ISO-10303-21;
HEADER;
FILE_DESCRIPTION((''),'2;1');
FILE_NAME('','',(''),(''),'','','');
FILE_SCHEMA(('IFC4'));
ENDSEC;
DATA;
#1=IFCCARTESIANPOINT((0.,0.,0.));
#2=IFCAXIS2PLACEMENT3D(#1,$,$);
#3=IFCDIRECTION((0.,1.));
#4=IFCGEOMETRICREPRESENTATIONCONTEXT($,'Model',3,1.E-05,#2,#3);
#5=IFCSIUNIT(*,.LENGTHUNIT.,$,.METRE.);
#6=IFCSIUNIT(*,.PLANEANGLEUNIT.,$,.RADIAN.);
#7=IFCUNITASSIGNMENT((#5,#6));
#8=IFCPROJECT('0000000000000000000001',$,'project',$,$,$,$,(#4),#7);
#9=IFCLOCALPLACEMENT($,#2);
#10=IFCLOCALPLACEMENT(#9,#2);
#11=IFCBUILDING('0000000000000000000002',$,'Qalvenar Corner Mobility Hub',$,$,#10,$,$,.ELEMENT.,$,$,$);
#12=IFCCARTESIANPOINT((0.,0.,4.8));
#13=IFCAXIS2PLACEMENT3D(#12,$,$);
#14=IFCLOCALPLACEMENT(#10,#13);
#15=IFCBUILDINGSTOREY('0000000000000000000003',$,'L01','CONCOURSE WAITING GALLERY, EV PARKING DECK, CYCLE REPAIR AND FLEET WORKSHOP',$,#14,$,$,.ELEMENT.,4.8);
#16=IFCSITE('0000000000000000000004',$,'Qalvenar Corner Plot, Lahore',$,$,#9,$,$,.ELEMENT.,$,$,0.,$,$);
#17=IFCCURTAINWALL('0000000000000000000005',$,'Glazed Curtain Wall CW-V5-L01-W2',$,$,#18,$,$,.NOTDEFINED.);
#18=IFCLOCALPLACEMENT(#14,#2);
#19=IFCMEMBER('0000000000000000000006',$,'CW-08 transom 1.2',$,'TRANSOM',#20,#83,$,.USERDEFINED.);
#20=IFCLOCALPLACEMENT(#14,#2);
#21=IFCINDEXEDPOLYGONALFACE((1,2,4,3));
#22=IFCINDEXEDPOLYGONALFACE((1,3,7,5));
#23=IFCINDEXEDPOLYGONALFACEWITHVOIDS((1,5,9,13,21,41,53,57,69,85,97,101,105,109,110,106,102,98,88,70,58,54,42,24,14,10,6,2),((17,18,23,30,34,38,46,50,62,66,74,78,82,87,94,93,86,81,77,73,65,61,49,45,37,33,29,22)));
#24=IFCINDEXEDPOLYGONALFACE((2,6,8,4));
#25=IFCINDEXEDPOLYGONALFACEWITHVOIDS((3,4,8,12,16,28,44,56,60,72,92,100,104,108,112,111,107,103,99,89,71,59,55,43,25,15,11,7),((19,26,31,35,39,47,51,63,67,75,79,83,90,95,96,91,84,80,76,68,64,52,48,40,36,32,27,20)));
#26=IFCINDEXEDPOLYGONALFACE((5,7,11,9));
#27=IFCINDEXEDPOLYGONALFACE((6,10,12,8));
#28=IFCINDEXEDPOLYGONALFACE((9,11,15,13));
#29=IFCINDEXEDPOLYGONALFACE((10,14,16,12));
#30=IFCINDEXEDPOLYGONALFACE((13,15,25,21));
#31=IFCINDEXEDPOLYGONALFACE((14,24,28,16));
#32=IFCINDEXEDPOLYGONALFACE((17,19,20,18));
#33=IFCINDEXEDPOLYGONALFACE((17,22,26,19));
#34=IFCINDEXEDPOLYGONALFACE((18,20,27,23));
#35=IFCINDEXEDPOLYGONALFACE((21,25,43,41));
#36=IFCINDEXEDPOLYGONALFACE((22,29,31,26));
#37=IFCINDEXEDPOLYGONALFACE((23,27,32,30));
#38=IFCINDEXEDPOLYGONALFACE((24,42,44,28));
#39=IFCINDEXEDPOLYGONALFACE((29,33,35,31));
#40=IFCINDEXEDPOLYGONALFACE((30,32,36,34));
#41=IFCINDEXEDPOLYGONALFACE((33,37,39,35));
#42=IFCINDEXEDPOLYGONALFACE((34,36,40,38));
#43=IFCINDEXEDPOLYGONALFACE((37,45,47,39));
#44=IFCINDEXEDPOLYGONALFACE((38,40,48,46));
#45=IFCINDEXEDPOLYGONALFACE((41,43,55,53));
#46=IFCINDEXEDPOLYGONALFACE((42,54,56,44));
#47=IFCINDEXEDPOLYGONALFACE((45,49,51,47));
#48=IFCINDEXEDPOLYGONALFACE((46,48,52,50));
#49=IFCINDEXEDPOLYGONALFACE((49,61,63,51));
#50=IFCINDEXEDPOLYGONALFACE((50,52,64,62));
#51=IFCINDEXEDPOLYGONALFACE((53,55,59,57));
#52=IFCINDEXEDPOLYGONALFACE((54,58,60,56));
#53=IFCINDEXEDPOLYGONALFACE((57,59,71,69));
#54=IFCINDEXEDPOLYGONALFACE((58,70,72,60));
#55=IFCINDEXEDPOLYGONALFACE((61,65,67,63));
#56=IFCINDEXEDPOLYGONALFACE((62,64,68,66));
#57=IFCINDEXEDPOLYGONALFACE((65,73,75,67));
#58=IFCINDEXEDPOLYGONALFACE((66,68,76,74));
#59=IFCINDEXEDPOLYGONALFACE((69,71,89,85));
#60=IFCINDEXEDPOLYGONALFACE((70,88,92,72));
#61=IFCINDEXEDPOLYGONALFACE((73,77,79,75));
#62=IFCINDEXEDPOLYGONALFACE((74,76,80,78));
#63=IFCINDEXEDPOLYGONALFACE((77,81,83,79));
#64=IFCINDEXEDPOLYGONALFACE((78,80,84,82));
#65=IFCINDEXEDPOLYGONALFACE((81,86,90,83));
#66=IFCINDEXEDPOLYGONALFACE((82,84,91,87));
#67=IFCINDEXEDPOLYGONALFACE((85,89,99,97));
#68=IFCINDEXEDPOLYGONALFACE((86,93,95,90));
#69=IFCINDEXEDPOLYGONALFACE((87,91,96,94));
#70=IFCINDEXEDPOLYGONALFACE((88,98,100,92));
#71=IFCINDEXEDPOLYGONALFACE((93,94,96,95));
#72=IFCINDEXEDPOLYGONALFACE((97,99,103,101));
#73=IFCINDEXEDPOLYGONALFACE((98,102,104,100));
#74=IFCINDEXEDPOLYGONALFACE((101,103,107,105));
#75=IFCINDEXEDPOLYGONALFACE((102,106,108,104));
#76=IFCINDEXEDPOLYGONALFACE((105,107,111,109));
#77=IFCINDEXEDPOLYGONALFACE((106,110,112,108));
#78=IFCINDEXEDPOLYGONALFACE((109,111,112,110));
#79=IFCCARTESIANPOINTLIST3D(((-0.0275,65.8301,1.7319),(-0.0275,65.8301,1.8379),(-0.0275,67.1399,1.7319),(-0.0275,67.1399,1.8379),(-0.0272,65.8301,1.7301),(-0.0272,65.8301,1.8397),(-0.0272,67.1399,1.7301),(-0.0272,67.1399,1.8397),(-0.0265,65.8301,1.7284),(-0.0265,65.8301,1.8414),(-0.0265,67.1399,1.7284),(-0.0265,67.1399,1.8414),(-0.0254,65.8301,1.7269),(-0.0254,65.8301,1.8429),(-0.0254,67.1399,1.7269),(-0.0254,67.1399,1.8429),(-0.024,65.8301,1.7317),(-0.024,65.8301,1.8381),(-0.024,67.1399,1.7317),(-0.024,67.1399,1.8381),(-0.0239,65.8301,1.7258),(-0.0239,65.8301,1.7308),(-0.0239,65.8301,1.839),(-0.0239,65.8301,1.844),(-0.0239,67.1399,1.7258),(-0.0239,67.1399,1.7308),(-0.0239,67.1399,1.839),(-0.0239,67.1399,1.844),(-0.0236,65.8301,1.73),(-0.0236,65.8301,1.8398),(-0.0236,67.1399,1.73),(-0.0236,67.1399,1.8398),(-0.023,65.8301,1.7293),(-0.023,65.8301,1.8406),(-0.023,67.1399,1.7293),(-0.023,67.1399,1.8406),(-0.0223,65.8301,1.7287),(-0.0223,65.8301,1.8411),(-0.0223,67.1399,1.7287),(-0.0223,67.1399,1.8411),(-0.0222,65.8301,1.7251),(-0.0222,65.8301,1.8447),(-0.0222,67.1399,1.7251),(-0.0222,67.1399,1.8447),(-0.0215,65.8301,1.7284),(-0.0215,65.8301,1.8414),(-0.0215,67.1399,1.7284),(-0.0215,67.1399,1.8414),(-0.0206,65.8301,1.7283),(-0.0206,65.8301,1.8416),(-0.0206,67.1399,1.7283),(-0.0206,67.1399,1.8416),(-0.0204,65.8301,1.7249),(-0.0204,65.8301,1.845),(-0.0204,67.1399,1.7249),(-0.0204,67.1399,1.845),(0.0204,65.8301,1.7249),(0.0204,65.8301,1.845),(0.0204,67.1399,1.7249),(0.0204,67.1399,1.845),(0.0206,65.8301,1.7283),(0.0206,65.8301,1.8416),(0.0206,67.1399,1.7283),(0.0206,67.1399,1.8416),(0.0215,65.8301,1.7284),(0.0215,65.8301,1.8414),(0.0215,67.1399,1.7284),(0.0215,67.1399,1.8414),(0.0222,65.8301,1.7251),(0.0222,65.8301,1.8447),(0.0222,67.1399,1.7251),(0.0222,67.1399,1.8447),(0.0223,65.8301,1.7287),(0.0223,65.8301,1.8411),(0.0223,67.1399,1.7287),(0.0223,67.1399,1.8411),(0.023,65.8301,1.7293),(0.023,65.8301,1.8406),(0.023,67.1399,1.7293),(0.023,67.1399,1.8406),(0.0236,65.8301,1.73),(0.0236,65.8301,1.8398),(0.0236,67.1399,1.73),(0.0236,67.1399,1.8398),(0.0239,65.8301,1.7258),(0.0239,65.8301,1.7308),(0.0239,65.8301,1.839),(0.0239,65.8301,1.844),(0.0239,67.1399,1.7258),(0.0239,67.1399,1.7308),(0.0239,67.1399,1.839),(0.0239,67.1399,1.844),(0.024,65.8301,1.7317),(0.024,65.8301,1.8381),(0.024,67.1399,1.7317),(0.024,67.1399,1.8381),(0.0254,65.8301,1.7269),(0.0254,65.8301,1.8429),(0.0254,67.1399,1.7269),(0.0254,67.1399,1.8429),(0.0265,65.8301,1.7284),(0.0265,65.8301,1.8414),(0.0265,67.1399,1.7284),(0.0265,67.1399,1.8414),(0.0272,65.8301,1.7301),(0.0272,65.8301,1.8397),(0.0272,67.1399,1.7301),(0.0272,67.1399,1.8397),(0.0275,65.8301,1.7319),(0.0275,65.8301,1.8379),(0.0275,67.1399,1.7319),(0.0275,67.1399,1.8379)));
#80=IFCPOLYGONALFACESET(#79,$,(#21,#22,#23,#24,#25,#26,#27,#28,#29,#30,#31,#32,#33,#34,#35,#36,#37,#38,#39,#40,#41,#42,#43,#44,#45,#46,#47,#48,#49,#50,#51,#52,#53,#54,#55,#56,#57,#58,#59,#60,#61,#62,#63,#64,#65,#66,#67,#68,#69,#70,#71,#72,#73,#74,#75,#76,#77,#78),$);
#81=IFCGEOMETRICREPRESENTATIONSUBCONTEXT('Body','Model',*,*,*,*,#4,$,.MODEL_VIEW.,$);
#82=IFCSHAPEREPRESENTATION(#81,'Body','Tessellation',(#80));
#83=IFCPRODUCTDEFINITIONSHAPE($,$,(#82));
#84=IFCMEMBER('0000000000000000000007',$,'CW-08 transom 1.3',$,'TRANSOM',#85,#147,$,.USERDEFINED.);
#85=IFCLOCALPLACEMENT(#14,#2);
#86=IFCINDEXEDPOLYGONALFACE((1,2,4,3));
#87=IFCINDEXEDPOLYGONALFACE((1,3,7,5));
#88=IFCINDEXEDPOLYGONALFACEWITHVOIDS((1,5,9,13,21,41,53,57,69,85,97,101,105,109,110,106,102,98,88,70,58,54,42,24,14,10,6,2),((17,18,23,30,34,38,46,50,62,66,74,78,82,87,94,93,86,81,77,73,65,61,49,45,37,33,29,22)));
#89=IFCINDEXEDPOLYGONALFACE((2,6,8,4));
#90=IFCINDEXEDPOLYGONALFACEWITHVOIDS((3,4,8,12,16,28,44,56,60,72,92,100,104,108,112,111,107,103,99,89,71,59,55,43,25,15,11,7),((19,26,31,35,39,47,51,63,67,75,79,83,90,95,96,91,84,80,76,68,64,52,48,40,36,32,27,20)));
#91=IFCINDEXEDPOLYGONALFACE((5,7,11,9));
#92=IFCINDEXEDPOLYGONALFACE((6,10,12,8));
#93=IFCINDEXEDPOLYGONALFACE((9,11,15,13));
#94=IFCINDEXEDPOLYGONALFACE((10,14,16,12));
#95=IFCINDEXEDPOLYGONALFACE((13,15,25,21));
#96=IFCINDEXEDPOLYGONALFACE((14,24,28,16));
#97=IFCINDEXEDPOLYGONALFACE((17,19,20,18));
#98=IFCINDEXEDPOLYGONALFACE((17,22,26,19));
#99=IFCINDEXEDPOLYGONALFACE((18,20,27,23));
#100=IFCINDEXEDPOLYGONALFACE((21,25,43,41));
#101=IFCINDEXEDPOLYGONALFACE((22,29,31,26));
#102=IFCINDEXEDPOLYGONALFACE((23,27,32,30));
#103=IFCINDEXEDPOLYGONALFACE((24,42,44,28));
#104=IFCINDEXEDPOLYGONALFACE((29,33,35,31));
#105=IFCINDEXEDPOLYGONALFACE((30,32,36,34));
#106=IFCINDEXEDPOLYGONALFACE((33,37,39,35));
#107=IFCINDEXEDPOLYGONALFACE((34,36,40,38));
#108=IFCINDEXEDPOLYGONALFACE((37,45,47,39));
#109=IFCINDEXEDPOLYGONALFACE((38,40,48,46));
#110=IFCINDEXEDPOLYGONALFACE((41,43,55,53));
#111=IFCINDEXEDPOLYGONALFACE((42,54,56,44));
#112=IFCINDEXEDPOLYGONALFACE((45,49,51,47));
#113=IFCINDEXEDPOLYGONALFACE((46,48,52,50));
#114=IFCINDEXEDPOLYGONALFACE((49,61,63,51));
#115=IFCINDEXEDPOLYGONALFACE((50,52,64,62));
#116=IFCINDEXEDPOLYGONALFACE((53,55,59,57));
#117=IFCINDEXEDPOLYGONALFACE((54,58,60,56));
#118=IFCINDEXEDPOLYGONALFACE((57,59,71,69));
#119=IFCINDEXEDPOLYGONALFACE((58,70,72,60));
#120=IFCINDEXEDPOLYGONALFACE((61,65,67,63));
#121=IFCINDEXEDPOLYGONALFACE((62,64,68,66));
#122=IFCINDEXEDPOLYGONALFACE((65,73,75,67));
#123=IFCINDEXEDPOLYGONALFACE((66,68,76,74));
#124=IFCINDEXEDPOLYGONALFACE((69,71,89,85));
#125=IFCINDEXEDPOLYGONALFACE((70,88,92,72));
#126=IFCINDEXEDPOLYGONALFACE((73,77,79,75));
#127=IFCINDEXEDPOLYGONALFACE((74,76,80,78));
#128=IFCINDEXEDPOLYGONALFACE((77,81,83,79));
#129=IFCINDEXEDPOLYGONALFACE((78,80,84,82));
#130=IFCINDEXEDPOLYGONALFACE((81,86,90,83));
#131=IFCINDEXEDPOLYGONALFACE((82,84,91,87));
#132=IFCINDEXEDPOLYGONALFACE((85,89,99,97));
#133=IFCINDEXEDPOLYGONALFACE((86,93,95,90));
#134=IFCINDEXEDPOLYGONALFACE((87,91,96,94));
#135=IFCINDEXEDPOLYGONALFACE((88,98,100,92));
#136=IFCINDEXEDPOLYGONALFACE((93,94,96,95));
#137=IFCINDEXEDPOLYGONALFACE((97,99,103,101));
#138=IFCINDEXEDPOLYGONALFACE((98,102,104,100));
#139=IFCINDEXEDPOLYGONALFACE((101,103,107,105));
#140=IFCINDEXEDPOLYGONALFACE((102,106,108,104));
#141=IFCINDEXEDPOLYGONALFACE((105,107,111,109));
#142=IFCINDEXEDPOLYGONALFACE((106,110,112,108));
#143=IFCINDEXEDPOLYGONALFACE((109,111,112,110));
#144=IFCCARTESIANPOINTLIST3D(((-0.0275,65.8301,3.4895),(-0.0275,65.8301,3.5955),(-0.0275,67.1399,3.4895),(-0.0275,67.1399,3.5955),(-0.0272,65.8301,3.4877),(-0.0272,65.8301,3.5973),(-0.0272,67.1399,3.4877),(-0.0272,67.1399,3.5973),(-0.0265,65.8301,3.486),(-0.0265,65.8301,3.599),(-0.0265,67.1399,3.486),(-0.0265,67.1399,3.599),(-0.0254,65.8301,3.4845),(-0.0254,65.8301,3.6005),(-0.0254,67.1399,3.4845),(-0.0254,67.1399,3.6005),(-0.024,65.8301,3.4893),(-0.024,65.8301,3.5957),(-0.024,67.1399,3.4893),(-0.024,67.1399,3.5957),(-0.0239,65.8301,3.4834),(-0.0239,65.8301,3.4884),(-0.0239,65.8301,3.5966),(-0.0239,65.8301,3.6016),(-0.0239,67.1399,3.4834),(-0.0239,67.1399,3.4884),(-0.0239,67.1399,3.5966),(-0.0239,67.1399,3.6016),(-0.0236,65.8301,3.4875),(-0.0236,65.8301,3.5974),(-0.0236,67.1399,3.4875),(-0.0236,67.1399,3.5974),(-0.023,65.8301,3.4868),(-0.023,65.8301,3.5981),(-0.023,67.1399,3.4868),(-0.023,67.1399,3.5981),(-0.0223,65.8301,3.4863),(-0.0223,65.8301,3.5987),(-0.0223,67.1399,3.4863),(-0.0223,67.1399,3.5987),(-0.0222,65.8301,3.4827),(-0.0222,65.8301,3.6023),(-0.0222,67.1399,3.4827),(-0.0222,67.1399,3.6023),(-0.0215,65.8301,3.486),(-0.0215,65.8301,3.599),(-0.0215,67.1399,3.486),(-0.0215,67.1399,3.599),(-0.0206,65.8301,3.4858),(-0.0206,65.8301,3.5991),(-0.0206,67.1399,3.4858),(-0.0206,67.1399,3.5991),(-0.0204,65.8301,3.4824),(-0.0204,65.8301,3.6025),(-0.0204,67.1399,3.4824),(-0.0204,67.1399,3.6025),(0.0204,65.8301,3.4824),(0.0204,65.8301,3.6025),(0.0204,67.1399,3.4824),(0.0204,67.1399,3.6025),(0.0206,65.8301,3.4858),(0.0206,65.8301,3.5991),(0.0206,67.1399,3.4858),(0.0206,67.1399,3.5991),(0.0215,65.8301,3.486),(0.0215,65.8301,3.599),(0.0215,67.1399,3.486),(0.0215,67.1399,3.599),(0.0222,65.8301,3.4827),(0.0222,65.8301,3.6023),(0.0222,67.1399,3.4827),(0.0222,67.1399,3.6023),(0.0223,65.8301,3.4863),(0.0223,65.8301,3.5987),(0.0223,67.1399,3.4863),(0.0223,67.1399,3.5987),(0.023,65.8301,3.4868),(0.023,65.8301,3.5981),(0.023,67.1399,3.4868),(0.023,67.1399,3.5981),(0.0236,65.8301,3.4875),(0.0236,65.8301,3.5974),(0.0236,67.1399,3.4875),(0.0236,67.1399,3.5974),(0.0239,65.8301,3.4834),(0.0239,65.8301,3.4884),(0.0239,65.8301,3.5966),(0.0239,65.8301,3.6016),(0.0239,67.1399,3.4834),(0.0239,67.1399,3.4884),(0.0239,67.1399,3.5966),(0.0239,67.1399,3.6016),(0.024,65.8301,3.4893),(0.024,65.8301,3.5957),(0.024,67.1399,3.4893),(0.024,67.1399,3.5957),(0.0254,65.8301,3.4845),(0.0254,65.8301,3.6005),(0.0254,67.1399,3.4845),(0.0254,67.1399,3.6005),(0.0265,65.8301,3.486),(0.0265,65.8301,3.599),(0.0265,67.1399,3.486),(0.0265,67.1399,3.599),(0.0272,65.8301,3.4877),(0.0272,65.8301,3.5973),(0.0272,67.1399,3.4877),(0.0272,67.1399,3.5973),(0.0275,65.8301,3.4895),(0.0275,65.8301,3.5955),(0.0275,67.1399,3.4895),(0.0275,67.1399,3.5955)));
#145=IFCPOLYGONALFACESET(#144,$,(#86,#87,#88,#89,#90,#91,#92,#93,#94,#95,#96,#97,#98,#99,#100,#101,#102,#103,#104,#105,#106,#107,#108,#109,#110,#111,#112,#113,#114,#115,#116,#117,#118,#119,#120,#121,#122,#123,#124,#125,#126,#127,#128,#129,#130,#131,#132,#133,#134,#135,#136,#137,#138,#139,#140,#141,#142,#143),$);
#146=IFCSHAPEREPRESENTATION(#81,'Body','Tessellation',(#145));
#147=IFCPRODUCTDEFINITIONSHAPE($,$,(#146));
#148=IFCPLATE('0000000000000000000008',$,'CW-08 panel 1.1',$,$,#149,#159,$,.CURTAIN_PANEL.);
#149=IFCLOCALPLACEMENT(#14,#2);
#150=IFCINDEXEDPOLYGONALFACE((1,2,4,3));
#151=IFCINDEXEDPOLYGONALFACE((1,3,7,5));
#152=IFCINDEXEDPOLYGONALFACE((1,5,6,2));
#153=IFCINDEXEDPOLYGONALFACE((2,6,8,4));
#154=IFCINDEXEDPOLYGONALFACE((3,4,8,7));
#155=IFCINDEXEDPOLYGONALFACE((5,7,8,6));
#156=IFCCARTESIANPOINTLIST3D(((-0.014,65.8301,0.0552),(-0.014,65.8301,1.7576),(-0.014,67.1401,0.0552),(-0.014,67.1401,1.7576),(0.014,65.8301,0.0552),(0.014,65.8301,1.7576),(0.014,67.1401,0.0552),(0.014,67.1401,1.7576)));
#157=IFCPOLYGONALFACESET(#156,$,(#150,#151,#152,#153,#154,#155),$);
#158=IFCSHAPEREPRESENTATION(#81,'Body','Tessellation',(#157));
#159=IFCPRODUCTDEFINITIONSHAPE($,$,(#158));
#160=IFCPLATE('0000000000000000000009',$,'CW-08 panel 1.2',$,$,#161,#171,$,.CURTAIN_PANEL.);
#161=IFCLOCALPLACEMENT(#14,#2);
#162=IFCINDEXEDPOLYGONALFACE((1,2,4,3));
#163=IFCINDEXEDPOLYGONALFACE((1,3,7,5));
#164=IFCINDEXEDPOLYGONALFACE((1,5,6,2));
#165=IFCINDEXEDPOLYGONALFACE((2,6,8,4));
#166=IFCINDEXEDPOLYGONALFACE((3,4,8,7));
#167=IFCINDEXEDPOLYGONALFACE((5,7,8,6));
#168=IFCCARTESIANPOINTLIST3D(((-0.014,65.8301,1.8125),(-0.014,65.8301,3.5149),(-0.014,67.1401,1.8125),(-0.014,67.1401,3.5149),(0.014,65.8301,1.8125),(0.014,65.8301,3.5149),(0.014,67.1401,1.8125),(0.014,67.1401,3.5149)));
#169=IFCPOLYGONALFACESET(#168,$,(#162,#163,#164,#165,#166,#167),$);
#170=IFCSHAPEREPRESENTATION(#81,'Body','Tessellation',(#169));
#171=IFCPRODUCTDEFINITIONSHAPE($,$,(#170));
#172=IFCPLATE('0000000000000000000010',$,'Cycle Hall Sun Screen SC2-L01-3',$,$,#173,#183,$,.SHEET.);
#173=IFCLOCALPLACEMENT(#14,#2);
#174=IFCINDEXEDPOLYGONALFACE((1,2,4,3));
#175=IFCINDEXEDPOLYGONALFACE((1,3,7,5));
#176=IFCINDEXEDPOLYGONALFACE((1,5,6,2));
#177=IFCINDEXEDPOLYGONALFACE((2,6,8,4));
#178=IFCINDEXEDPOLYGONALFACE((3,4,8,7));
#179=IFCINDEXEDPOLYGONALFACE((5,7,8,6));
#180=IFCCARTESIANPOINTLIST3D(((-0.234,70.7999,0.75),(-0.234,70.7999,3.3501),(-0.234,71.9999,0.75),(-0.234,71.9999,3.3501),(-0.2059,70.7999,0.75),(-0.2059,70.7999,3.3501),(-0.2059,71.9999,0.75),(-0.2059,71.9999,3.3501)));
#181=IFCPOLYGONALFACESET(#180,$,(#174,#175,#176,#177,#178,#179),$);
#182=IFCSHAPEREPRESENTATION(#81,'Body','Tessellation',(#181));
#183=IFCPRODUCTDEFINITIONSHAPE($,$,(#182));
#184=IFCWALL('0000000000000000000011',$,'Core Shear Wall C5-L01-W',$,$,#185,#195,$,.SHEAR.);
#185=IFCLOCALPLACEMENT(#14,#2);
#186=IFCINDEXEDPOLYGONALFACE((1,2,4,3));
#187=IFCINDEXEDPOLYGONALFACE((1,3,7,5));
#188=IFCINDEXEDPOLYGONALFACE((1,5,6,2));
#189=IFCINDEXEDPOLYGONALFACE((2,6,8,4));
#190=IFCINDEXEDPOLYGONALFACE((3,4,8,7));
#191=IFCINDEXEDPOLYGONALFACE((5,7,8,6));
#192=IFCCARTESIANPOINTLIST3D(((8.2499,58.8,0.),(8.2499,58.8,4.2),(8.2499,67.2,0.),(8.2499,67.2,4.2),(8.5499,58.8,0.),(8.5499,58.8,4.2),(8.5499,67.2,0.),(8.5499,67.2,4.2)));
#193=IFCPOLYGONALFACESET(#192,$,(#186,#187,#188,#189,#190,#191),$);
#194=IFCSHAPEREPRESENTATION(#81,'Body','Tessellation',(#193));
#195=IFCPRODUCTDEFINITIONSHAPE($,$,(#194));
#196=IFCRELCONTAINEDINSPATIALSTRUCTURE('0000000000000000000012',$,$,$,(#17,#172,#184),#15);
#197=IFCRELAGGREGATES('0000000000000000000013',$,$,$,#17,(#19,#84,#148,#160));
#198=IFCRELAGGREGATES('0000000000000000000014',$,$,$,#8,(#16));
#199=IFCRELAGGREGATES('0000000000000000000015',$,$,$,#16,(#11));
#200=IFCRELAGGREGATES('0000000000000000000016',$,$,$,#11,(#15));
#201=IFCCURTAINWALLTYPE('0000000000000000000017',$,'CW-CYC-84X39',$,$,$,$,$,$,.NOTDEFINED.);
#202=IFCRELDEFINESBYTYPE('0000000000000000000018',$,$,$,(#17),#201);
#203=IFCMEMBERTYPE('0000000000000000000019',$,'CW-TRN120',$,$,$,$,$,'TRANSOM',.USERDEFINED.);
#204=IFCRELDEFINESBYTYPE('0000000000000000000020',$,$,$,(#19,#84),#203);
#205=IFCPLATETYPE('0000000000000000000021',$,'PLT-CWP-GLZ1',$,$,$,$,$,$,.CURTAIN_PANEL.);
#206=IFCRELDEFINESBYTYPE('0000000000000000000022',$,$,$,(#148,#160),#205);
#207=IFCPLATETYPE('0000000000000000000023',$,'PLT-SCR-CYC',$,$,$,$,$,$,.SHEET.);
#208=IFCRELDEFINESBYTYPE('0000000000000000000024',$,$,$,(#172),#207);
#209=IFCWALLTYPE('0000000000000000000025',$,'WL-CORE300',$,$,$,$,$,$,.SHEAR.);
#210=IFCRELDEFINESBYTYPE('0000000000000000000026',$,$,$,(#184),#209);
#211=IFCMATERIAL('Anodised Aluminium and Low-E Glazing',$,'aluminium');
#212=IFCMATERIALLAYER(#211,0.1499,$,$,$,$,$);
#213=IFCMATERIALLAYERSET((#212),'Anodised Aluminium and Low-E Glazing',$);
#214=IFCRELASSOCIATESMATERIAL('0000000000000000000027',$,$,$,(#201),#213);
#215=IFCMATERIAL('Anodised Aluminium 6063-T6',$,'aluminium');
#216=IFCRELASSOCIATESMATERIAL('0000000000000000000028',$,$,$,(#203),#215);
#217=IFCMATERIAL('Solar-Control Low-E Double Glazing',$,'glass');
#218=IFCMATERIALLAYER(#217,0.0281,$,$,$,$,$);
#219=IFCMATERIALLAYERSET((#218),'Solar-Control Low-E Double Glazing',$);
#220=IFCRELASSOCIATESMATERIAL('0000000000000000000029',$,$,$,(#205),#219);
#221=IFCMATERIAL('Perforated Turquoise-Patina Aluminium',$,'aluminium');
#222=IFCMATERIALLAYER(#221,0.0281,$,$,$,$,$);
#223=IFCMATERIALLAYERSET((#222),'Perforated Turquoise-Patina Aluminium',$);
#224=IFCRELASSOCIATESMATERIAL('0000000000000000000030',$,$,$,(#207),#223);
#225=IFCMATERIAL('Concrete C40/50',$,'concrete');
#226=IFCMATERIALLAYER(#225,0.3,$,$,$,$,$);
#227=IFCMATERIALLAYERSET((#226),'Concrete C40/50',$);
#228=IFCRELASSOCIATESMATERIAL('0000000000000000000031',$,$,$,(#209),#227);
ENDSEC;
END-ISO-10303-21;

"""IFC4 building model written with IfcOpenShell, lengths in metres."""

from ifc_helpers import new_model, si_unit, direction, frame, frame_2d, origin, origin_2d, place, context, subcontext, project, spatial, rectangle, hollow_rectangle, extrude, material, layer, layer_set, material_profile, profile_set, type_object, element, aggregate, save


model = new_model("IFC4")

# Units and contexts
model_context = context("Model", 3, precision=1e-05, world=origin(), true_north=direction((0.0, 1.0)))
body_context = subcontext(model_context, "Body", "Model", "MODEL_VIEW")
ifc_project = project(units=[si_unit("LENGTHUNIT", "METRE"), si_unit("PLANEANGLEUNIT", "RADIAN")], contexts=[model_context])

# Site, building, storey
site_placement = place(None, origin())
site = spatial("IfcSite", under=ifc_project, at=site_placement, Name="Qalvenar Corner Plot, Lahore", CompositionType="ELEMENT", RefElevation=0.0)
building_placement = place(site_placement, origin())
building = spatial("IfcBuilding", under=site, at=building_placement, Name="Qalvenar Corner Mobility Hub", CompositionType="ELEMENT")
storey_placement = place(building_placement, frame((0.0, 0.0, 4.8)))
storey = spatial("IfcBuildingStorey", under=building, at=storey_placement, Name="L01", Description="CONCOURSE WAITING GALLERY, EV PARKING DECK, CYCLE REPAIR AND FLEET WORKSHOP", CompositionType="ELEMENT", Elevation=4.8)

# Curtain wall, members, plates
ifc_material_1 = material(Name="Anodised Aluminium and Low-E Glazing", Category="aluminium")
ifc_layer_1 = layer(ifc_material_1, 0.1499)
ifc_layer_set_1 = layer_set([ifc_layer_1], Name="Anodised Aluminium and Low-E Glazing")
curtain_wall_type = type_object("IfcCurtainWallType", Name="CW-CYC-84X39", PredefinedType="NOTDEFINED", material=ifc_layer_set_1)
curtain_wall_placement = place(storey_placement, origin())
curtain_wall = element("IfcCurtainWall", 1, at=curtain_wall_placement, inside=storey, type_object=curtain_wall_type, Name="Glazed Curtain Wall CW-V5-L01-W2", PredefinedType="NOTDEFINED")
ifc_material_2 = material(Name="Anodised Aluminium 6063-T6", Category="aluminium")
ifc_material_profile_1 = material_profile(ifc_material_2, hollow_rectangle(XDim=0.0549, YDim=0.1201, WallThickness=0.0034, InnerFilletRadius=0.0034, OuterFilletRadius=0.0071, at=origin_2d()), Name="RHS120x55x3.5")
ifc_profile_set_1 = profile_set([ifc_material_profile_1], Name="Anodised Aluminium 6063-T6")
member_type_1 = type_object("IfcMemberType", Name="CW-TRN120", ElementType="TRANSOM", PredefinedType="USERDEFINED", material=ifc_profile_set_1)
member_1_placement = place(storey_placement, frame((0.0, 67.1399, 1.7849), z_axis=(0.0, -1.0, 0.0), x_axis=(1.0, 0.0, 0.0)))
member_1 = element("IfcMember", 2, at=member_1_placement, type_object=member_type_1, Name="CW-08 transom 1.2", ObjectType="TRANSOM", PredefinedType="USERDEFINED", context=body_context, shape_type="SweptSolid", body=[
    extrude(hollow_rectangle(XDim=0.0549, YDim=0.1201, WallThickness=0.0034, InnerFilletRadius=0.0034, OuterFilletRadius=0.0071, at=origin_2d()), origin(), (0.0, 0.0, 1.0), 1.3098),
])
member_2_placement = place(storey_placement, frame((0.0, 67.1399, 3.5425), z_axis=(0.0, -1.0, 0.0), x_axis=(1.0, 0.0, 0.0)))
member_2 = element("IfcMember", 3, at=member_2_placement, type_object=member_type_1, Name="CW-08 transom 1.3", ObjectType="TRANSOM", PredefinedType="USERDEFINED", context=body_context, shape_type="SweptSolid", body=[
    extrude(hollow_rectangle(XDim=0.0549, YDim=0.1201, WallThickness=0.0034, InnerFilletRadius=0.0034, OuterFilletRadius=0.0071, at=origin_2d()), origin(), (0.0, 0.0, 1.0), 1.3098),
])
ifc_material_3 = material(Name="Solar-Control Low-E Double Glazing", Category="glass")
ifc_layer_2 = layer(ifc_material_3, 0.0281)
ifc_layer_set_2 = layer_set([ifc_layer_2], Name="Solar-Control Low-E Double Glazing")
plate_type_1 = type_object("IfcPlateType", Name="PLT-CWP-GLZ1", PredefinedType="CURTAIN_PANEL", material=ifc_layer_set_2)
plate_1_placement = place(storey_placement, frame((0.0, 66.4851, 0.0552), z_axis=(0.0, 0.0, 1.0), x_axis=(0.0, -1.0, 0.0)))
plate_1 = element("IfcPlate", 4, at=plate_1_placement, type_object=plate_type_1, Name="CW-08 panel 1.1", PredefinedType="CURTAIN_PANEL", context=body_context, shape_type="SweptSolid", body=[
    extrude(rectangle(XDim=1.3101, YDim=0.0281, at=origin_2d()), origin(), (0.0, 0.0, 1.0), 1.7024),
])
plate_2_placement = place(storey_placement, frame((0.0, 66.4851, 1.8125), z_axis=(0.0, 0.0, 1.0), x_axis=(0.0, -1.0, 0.0)))
plate_2 = element("IfcPlate", 5, at=plate_2_placement, type_object=plate_type_1, Name="CW-08 panel 1.2", PredefinedType="CURTAIN_PANEL", context=body_context, shape_type="SweptSolid", body=[
    extrude(rectangle(XDim=1.3101, YDim=0.0281, at=origin_2d()), origin(), (0.0, 0.0, 1.0), 1.7024),
])
aggregate(curtain_wall, [member_1, member_2, plate_1, plate_2])

# Plate
ifc_material_4 = material(Name="Perforated Turquoise-Patina Aluminium", Category="aluminium")
ifc_layer_3 = layer(ifc_material_4, 0.0281)
ifc_layer_set_3 = layer_set([ifc_layer_3], Name="Perforated Turquoise-Patina Aluminium")
plate_type_2 = type_object("IfcPlateType", Name="PLT-SCR-CYC", PredefinedType="SHEET", material=ifc_layer_set_3)
plate_3_placement = place(storey_placement, frame((-0.22, 71.3999, 0.75), z_axis=(0.0, 0.0, 1.0), x_axis=(0.0, 1.0, 0.0)))
element("IfcPlate", 6, at=plate_3_placement, inside=storey, type_object=plate_type_2, Name="Cycle Hall Sun Screen SC2-L01-3", PredefinedType="SHEET", context=body_context, shape_type="SweptSolid", body=[
    extrude(rectangle(XDim=1.2, YDim=0.0281, at=origin_2d()), origin(), (0.0, 0.0, 1.0), 2.6001),
])

# Wall
ifc_material_5 = material(Name="Concrete C40/50", Category="concrete")
ifc_layer_4 = layer(ifc_material_5, 0.3)
ifc_layer_set_4 = layer_set([ifc_layer_4], Name="Concrete C40/50")
wall_type_1 = type_object("IfcWallType", Name="WL-CORE300", PredefinedType="SHEAR", material=ifc_layer_set_4)
wall_1_placement = place(storey_placement, frame((8.3999, 67.2, 0.0), z_axis=(0.0, 0.0, 1.0), x_axis=(0.0, -1.0, 0.0)))
element("IfcWall", 7, at=wall_1_placement, inside=storey, type_object=wall_type_1, Name="Core Shear Wall C5-L01-W", PredefinedType="SHEAR", context=body_context, shape_type="SweptSolid", body=[
    extrude(rectangle(XDim=8.3999, YDim=0.3, at=frame_2d((4.2, 0.0))), origin(), (0.0, 0.0, 1.0), 4.2),
])

save(model, "model.ifc")
